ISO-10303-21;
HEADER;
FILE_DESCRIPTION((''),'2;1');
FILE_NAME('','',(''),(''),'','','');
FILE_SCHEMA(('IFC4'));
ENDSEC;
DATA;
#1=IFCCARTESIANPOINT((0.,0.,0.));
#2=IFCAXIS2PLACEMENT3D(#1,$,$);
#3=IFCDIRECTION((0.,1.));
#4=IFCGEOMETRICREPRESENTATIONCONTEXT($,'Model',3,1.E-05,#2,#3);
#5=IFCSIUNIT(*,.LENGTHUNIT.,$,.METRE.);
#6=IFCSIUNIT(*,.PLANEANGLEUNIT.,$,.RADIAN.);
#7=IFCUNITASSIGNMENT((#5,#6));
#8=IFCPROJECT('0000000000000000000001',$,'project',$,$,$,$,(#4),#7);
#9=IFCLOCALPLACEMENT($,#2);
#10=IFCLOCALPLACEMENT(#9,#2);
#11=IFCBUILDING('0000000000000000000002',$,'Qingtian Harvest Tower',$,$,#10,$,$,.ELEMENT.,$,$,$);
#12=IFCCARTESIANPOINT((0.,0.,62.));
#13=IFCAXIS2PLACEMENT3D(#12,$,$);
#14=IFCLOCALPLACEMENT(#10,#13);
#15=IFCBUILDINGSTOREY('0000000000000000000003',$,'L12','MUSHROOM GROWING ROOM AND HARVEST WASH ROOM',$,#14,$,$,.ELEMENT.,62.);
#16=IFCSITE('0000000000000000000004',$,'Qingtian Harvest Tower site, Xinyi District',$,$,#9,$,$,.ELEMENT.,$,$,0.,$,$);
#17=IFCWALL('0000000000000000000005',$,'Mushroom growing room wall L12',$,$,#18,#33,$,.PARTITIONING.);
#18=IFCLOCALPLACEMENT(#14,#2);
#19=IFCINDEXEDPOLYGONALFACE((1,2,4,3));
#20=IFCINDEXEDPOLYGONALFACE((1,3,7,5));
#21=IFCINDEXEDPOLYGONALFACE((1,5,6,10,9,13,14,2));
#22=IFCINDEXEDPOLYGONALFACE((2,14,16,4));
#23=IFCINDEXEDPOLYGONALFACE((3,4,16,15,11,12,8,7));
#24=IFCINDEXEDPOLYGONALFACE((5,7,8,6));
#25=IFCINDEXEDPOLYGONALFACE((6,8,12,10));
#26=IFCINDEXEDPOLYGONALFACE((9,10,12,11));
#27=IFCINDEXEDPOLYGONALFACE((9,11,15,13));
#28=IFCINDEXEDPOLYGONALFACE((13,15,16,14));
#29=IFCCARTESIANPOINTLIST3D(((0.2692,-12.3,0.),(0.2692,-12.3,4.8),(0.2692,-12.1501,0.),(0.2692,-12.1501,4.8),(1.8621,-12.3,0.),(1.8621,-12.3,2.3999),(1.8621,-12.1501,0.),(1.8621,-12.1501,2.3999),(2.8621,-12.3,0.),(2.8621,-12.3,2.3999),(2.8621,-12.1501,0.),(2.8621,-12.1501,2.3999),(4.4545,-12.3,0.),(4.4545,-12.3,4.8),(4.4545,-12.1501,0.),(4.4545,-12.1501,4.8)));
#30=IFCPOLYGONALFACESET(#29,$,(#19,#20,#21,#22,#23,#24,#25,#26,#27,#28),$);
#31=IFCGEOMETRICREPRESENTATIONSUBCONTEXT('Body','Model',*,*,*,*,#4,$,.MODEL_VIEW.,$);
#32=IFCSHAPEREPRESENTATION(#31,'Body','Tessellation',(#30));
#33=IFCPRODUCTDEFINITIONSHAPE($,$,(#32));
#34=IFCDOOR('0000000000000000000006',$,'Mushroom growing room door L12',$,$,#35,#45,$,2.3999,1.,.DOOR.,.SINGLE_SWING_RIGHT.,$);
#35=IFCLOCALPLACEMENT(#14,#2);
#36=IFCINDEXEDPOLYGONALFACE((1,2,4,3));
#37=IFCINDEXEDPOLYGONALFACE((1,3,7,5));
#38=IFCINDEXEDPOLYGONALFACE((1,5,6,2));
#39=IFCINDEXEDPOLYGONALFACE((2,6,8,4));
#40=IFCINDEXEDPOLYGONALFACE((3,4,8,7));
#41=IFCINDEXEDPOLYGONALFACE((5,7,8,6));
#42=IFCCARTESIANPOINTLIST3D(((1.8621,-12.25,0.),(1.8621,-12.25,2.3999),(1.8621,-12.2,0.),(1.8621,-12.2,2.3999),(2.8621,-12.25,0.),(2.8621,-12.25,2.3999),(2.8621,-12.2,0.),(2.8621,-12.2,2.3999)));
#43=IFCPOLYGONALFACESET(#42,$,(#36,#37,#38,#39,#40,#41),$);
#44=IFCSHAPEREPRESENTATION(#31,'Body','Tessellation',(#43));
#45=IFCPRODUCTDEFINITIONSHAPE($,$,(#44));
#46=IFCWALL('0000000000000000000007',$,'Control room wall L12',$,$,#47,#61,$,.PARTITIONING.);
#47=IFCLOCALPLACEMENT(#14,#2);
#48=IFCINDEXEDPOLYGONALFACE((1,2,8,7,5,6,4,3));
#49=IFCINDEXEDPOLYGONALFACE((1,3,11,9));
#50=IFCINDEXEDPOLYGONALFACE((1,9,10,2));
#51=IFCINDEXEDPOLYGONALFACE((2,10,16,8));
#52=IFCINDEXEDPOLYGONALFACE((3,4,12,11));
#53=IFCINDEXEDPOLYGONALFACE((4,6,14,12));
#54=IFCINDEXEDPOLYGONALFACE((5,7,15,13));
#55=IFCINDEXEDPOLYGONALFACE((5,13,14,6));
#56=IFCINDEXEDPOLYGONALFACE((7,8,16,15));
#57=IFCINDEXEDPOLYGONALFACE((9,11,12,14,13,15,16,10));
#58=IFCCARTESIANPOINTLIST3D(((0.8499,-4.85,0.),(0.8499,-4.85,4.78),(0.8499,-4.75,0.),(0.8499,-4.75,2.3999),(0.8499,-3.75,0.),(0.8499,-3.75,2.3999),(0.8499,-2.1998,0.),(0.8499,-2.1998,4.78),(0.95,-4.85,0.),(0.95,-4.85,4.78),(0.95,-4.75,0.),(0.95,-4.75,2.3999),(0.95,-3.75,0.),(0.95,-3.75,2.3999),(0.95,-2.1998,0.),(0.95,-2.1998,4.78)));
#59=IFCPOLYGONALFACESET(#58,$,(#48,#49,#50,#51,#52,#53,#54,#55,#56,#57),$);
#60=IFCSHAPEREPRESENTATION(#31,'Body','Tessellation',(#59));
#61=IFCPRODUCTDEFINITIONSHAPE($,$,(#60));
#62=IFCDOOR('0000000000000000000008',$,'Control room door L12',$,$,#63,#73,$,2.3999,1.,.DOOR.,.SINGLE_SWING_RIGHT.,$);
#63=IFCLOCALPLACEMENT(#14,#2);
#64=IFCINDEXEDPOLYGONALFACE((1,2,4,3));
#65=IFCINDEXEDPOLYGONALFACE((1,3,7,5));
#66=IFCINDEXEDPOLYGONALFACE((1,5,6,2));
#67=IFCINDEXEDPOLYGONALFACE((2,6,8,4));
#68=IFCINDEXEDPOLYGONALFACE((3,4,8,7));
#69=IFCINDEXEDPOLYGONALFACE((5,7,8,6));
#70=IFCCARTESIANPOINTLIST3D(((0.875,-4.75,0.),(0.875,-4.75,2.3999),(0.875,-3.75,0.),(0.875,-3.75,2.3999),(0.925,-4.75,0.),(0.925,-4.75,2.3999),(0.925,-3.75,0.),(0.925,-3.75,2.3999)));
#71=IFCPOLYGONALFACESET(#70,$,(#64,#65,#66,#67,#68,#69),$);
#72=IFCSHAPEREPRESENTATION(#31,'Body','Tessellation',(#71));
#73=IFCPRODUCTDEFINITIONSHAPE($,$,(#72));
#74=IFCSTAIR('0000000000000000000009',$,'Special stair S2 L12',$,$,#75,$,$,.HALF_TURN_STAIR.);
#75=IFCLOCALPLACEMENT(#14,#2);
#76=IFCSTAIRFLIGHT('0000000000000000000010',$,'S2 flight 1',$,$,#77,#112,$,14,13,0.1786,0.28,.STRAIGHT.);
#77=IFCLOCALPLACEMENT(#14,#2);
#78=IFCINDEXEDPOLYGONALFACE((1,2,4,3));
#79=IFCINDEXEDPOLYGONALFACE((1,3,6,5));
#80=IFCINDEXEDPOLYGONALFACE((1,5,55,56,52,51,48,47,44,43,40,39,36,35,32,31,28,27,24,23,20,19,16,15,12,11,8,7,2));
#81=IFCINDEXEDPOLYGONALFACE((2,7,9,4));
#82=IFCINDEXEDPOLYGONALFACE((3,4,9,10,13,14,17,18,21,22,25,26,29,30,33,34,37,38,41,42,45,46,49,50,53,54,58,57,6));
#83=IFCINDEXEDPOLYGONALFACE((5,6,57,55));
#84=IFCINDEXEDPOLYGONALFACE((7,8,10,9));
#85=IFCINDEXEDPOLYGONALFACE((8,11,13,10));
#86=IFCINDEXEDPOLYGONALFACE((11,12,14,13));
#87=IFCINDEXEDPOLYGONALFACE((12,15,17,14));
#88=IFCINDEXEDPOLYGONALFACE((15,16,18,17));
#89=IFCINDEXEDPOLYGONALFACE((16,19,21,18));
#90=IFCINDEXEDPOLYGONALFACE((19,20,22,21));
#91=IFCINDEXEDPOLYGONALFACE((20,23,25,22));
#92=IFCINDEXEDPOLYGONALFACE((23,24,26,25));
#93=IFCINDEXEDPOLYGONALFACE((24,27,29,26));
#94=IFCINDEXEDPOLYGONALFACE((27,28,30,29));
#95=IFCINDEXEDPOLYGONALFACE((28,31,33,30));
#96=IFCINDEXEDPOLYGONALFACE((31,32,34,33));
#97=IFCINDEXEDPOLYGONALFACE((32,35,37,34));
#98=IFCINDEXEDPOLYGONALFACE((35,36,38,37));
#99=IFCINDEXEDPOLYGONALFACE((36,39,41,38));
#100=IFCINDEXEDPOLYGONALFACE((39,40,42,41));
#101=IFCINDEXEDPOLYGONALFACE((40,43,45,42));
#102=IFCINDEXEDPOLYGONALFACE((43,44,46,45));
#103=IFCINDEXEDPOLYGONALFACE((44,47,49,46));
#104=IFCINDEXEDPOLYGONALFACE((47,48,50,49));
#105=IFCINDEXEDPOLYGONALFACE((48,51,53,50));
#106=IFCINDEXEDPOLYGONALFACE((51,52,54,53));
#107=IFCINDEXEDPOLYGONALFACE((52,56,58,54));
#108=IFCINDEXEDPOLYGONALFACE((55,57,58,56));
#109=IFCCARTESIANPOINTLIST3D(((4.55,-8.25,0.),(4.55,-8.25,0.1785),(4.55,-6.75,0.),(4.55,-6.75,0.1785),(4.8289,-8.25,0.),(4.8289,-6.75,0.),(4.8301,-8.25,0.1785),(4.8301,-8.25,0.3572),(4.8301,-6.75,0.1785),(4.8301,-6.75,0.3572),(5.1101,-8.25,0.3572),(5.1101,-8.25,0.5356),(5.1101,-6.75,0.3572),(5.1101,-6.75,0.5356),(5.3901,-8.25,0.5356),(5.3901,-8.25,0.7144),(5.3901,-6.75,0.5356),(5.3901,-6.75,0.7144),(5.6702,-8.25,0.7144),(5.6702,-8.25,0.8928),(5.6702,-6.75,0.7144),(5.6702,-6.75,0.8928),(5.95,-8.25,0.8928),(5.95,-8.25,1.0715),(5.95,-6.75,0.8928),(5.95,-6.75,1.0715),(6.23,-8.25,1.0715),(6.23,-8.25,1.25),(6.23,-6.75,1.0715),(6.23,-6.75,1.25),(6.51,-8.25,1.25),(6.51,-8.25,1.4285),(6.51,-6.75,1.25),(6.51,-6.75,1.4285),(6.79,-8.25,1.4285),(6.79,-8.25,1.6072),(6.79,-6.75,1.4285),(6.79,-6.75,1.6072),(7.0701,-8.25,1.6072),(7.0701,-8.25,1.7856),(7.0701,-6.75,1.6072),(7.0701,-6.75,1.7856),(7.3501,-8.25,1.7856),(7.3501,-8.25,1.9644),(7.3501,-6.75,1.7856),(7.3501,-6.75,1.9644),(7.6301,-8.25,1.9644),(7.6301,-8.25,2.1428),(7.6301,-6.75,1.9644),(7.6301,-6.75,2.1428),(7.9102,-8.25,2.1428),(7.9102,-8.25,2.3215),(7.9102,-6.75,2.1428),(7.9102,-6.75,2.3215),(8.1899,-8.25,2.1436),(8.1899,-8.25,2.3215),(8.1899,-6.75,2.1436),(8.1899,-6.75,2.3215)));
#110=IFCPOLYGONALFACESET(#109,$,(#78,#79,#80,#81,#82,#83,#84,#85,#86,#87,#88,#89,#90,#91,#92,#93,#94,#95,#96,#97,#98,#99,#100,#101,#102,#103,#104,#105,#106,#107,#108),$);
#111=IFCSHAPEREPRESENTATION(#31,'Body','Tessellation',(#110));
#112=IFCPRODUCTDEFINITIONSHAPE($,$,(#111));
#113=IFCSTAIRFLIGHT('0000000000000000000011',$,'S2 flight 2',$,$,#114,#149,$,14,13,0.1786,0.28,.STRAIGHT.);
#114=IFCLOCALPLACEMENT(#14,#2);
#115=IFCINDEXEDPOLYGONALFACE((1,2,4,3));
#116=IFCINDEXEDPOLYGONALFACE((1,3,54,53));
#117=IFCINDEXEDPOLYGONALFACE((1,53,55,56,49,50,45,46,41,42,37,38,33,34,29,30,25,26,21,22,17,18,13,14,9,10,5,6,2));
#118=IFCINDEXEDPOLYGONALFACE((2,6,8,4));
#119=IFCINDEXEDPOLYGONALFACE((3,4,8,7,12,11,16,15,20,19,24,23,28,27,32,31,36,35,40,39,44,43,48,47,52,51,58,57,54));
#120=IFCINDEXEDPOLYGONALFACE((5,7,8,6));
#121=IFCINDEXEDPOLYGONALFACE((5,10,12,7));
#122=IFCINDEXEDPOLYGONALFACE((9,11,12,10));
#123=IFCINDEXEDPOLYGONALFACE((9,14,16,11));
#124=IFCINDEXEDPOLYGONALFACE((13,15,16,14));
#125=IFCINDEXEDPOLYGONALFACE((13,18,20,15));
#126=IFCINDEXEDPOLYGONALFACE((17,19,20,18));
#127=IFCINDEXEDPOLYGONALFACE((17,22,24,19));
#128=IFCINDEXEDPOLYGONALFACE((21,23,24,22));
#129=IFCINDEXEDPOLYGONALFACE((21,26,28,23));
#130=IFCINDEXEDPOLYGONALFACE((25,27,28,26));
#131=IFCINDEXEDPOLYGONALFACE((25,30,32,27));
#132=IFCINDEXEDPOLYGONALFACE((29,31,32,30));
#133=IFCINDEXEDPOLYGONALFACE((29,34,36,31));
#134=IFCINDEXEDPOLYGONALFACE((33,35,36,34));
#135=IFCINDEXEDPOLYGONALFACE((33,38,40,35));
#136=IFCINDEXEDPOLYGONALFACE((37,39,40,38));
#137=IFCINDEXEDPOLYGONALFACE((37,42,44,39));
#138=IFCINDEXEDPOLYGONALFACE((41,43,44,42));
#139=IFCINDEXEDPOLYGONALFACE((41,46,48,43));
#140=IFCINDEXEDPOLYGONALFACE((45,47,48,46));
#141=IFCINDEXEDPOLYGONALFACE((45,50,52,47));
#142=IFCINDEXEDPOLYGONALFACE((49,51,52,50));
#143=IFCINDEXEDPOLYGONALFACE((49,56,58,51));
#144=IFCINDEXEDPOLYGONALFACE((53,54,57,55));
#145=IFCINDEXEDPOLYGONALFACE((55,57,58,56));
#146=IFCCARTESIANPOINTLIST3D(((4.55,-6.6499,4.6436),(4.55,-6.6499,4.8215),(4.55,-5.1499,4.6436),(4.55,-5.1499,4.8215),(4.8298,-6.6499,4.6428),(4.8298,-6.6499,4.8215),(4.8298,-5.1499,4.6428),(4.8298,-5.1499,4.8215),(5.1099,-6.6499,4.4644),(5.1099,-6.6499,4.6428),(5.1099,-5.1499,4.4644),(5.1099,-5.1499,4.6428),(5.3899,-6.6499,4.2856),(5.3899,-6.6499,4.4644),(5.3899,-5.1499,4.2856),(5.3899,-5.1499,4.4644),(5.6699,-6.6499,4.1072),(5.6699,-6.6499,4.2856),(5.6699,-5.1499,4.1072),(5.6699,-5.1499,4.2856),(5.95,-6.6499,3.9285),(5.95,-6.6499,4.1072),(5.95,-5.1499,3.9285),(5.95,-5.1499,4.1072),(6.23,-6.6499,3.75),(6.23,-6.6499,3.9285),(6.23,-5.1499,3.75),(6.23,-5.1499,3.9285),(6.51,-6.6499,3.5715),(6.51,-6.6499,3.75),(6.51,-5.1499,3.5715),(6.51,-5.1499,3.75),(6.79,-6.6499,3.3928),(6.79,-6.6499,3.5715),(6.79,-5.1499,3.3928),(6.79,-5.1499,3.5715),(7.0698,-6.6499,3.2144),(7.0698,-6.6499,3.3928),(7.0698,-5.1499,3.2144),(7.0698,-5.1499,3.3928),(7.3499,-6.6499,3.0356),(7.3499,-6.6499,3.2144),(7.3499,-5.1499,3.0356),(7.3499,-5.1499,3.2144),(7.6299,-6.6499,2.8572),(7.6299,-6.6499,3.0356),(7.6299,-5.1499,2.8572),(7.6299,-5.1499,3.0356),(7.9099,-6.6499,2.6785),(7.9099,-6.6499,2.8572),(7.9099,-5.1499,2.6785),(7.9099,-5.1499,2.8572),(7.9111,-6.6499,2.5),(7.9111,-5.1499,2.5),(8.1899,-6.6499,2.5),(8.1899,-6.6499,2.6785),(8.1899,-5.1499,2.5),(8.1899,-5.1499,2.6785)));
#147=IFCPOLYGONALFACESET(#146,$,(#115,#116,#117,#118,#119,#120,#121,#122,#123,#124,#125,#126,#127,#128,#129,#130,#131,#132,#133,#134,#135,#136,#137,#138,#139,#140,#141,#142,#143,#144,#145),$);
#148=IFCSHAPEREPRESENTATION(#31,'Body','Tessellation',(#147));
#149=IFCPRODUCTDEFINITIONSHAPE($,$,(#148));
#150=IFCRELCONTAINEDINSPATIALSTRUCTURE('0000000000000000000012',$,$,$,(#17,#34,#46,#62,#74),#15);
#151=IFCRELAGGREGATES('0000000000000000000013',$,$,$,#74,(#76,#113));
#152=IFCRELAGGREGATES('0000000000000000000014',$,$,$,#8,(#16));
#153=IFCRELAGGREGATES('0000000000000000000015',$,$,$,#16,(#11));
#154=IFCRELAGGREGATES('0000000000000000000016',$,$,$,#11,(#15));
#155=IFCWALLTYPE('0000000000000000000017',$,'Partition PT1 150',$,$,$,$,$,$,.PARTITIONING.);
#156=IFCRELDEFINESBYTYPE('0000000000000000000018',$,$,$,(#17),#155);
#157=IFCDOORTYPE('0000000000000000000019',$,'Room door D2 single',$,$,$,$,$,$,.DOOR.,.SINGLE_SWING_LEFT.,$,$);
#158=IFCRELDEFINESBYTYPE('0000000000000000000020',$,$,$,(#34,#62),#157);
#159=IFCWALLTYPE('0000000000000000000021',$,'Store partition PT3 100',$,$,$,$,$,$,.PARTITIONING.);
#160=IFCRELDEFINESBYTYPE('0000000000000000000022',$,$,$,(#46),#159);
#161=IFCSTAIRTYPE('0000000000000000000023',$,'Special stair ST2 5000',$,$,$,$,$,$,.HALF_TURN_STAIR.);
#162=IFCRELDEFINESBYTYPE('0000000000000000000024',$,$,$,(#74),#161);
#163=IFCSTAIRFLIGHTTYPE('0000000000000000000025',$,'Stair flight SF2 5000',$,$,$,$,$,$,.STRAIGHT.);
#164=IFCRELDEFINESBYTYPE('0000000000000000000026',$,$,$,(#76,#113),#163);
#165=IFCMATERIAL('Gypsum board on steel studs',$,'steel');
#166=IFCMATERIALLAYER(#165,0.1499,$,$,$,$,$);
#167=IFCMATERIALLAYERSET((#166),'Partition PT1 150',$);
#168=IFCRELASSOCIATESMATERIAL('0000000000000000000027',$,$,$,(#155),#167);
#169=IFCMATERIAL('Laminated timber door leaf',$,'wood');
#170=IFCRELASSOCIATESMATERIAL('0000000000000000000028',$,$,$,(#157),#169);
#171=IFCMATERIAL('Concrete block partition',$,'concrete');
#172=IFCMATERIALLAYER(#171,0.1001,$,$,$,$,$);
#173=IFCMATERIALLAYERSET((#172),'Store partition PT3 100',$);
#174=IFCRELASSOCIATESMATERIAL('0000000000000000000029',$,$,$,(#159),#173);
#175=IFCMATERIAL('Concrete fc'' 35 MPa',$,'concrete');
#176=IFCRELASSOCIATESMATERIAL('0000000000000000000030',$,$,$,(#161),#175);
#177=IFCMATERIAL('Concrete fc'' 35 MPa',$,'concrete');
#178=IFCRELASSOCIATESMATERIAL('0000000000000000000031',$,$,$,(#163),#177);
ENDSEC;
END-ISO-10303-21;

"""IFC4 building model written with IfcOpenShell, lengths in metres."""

from ifc_helpers import new_model, si_unit, direction, frame, frame_2d, origin, place, context, subcontext, project, spatial, polyline, rectangle, outline, extrude, material, layer, layer_set, type_object, element, fill, aggregate, save


model = new_model("IFC4")

# Units and contexts
model_context = context("Model", 3, precision=1e-05, world=origin(), true_north=direction((0.0, 1.0)))
body_context = subcontext(model_context, "Body", "Model", "MODEL_VIEW")
ifc_project = project(units=[si_unit("LENGTHUNIT", "METRE"), si_unit("PLANEANGLEUNIT", "RADIAN")], contexts=[model_context])

# Site, building, storey
site_placement = place(None, origin())
site = spatial("IfcSite", under=ifc_project, at=site_placement, Name="Qingtian Harvest Tower site, Xinyi District", CompositionType="ELEMENT", RefElevation=0.0)
building_placement = place(site_placement, origin())
building = spatial("IfcBuilding", under=site, at=building_placement, Name="Qingtian Harvest Tower", CompositionType="ELEMENT")
storey_placement = place(building_placement, frame((0.0, 0.0, 62.0)))
storey = spatial("IfcBuildingStorey", under=building, at=storey_placement, Name="L12", Description="MUSHROOM GROWING ROOM AND HARVEST WASH ROOM", CompositionType="ELEMENT", Elevation=62.0)

# Walls, openings, doors
ifc_material_1 = material(Name="Gypsum board on steel studs", Category="steel")
ifc_layer_1 = layer(ifc_material_1, 0.1499)
ifc_layer_set_1 = layer_set([ifc_layer_1], Name="Partition PT1 150")
wall_type_1 = type_object("IfcWallType", Name="Partition PT1 150", PredefinedType="PARTITIONING", material=ifc_layer_set_1)
ifc_material_2 = material(Name="Laminated timber door leaf", Category="wood")
door_type_1 = type_object("IfcDoorType", Name="Room door D2 single", OperationType="SINGLE_SWING_LEFT", PredefinedType="DOOR", material=ifc_material_2)
wall_1_placement = place(storey_placement, frame((4.4546, -12.2251, 0.0), z_axis=(0.0, 0.0, 1.0), x_axis=(-1.0, 0.0, 0.0)))
wall_1 = element("IfcWall", 1, at=wall_1_placement, inside=storey, type_object=wall_type_1, Name="Mushroom growing room wall L12", PredefinedType="PARTITIONING", context=body_context, shape_type="SweptSolid", body=[
    extrude(rectangle(XDim=4.1853, YDim=0.1499, at=frame_2d((2.0928, 0.0))), origin(), (0.0, 0.0, 1.0), 4.8),
])
opening_1_placement = place(wall_1_placement, frame((1.5925, 0.0, 0.0)))
opening_1 = element("IfcOpeningElement", 2, at=opening_1_placement, cuts=wall_1, PredefinedType="OPENING", context=body_context, shape_type="SweptSolid", body=[
    extrude(rectangle(XDim=1.0, YDim=2.3999, at=frame_2d((0.5, 1.2))), frame((0.0, 0.085, 0.0), z_axis=(0.0, -1.0, 0.0), x_axis=(1.0, 0.0, 0.0)), (0.0, 0.0, 1.0), 0.1699),
])
door_1_placement = place(opening_1_placement, origin())
door_1 = element("IfcDoor", 3, at=door_1_placement, inside=storey, type_object=door_type_1, Name="Mushroom growing room door L12", OperationType="SINGLE_SWING_RIGHT", OverallHeight=2.3999, OverallWidth=1.0, PredefinedType="DOOR", context=body_context, shape_type="SweptSolid", body=[
    extrude(rectangle(XDim=1.0, YDim=2.3999, at=frame_2d((0.5, 1.2))), frame((0.0, 0.0249, 0.0), z_axis=(0.0, -1.0, 0.0), x_axis=(1.0, 0.0, 0.0)), (0.0, 0.0, 1.0), 0.05),
])
fill(opening_1, door_1)
ifc_material_3 = material(Name="Concrete block partition", Category="concrete")
ifc_layer_2 = layer(ifc_material_3, 0.1001)
ifc_layer_set_2 = layer_set([ifc_layer_2], Name="Store partition PT3 100")
wall_type_2 = type_object("IfcWallType", Name="Store partition PT3 100", PredefinedType="PARTITIONING", material=ifc_layer_set_2)
wall_2_placement = place(storey_placement, frame((0.8999, -4.8501, 0.0), z_axis=(0.0, 0.0, 1.0), x_axis=(0.0, 1.0, 0.0)))
wall_2 = element("IfcWall", 4, at=wall_2_placement, inside=storey, type_object=wall_type_2, Name="Control room wall L12", PredefinedType="PARTITIONING", context=body_context, shape_type="SweptSolid", body=[
    extrude(rectangle(XDim=2.6501, YDim=0.1001, at=frame_2d((1.3252, 0.0))), origin(), (0.0, 0.0, 1.0), 4.78),
])
opening_2_placement = place(wall_2_placement, frame((0.1001, 0.0, 0.0)))
opening_2 = element("IfcOpeningElement", 5, at=opening_2_placement, cuts=wall_2, PredefinedType="OPENING", context=body_context, shape_type="SweptSolid", body=[
    extrude(rectangle(XDim=1.0, YDim=2.3999, at=frame_2d((0.5, 1.2))), frame((0.0, 0.0601, 0.0), z_axis=(0.0, -1.0, 0.0), x_axis=(1.0, 0.0, 0.0)), (0.0, 0.0, 1.0), 0.1201),
])
door_2_placement = place(opening_2_placement, origin())
door_2 = element("IfcDoor", 6, at=door_2_placement, inside=storey, type_object=door_type_1, Name="Control room door L12", OperationType="SINGLE_SWING_RIGHT", OverallHeight=2.3999, OverallWidth=1.0, PredefinedType="DOOR", context=body_context, shape_type="SweptSolid", body=[
    extrude(rectangle(XDim=1.0, YDim=2.3999, at=frame_2d((0.5, 1.2))), frame((0.0, 0.0249, 0.0), z_axis=(0.0, -1.0, 0.0), x_axis=(1.0, 0.0, 0.0)), (0.0, 0.0, 1.0), 0.05),
])
fill(opening_2, door_2)

# Stair, stair flights
ifc_material_4 = material(Name="Concrete fc' 35 MPa", Category="concrete")
stair_type = type_object("IfcStairType", Name="Special stair ST2 5000", PredefinedType="HALF_TURN_STAIR", material=ifc_material_4)
stair_placement = place(storey_placement, origin())
stair = element("IfcStair", 7, at=stair_placement, inside=storey, type_object=stair_type, Name="Special stair S2 L12", PredefinedType="HALF_TURN_STAIR")
ifc_material_5 = material(Name="Concrete fc' 35 MPa", Category="concrete")
stair_flight_type = type_object("IfcStairFlightType", Name="Stair flight SF2 5000", PredefinedType="STRAIGHT", material=ifc_material_5)
stair_flight_1_placement = place(storey_placement, frame((4.55, -7.5, 0.0), z_axis=(0.0, 0.0, 1.0), x_axis=(1.0, 0.0, 0.0)))
stair_flight_1 = element("IfcStairFlight", 8, at=stair_flight_1_placement, type_object=stair_flight_type, Name="S2 flight 1", NumberOfRisers=14, NumberOfTreads=13, PredefinedType="STRAIGHT", RiserHeight=0.1786, TreadLength=0.28, context=body_context, shape_type="SweptSolid", body=[
    extrude(outline(polyline([(0.0, 0.0), (0.0, 0.1785), (0.28, 0.1785), (0.28, 0.3572), (0.5601, 0.3572), (0.5601, 0.5356), (0.8401, 0.5356), (0.8401, 0.7144), (1.1201, 0.7144), (1.1201, 0.8928), (1.3999, 0.8928), (1.3999, 1.0715), (1.6799, 1.0715), (1.6799, 1.25), (1.96, 1.25), (1.96, 1.4285), (2.24, 1.4285), (2.24, 1.6072), (2.52, 1.6072), (2.52, 1.7856), (2.8, 1.7856), (2.8, 1.9644), (3.0801, 1.9644), (3.0801, 2.1428), (3.3601, 2.1428), (3.3601, 2.3215), (3.6399, 2.3215), (3.6399, 2.5), (3.6399, 2.1436), (0.2788, 0.0), (0.0, 0.0)])), frame((0.0, 0.75, 0.0), z_axis=(0.0, -1.0, 0.0), x_axis=(1.0, 0.0, 0.0)), (0.0, 0.0, 1.0), 1.5),
])
stair_flight_2_placement = place(storey_placement, frame((8.1899, -5.8999, 2.5), z_axis=(0.0, 0.0, 1.0), x_axis=(-1.0, 0.0, 0.0)))
stair_flight_2 = element("IfcStairFlight", 9, at=stair_flight_2_placement, type_object=stair_flight_type, Name="S2 flight 2", NumberOfRisers=14, NumberOfTreads=13, PredefinedType="STRAIGHT", RiserHeight=0.1786, TreadLength=0.28, context=body_context, shape_type="SweptSolid", body=[
    extrude(outline(polyline([(0.0, 0.0), (0.0, 0.1785), (0.28, 0.1785), (0.28, 0.3572), (0.5601, 0.3572), (0.5601, 0.5356), (0.8401, 0.5356), (0.8401, 0.7144), (1.1201, 0.7144), (1.1201, 0.8928), (1.3999, 0.8928), (1.3999, 1.0715), (1.6799, 1.0715), (1.6799, 1.25), (1.96, 1.25), (1.96, 1.4285), (2.24, 1.4285), (2.24, 1.6072), (2.52, 1.6072), (2.52, 1.7856), (2.8, 1.7856), (2.8, 1.9644), (3.0801, 1.9644), (3.0801, 2.1428), (3.3601, 2.1428), (3.3601, 2.3215), (3.6399, 2.3215), (3.6399, 2.5), (3.6399, 2.1436), (0.2788, 0.0), (0.0, 0.0)])), frame((0.0, 0.75, 0.0), z_axis=(0.0, -1.0, 0.0), x_axis=(1.0, 0.0, 0.0)), (0.0, 0.0, 1.0), 1.5),
])
aggregate(stair, [stair_flight_1, stair_flight_2])

save(model, "model.ifc")
